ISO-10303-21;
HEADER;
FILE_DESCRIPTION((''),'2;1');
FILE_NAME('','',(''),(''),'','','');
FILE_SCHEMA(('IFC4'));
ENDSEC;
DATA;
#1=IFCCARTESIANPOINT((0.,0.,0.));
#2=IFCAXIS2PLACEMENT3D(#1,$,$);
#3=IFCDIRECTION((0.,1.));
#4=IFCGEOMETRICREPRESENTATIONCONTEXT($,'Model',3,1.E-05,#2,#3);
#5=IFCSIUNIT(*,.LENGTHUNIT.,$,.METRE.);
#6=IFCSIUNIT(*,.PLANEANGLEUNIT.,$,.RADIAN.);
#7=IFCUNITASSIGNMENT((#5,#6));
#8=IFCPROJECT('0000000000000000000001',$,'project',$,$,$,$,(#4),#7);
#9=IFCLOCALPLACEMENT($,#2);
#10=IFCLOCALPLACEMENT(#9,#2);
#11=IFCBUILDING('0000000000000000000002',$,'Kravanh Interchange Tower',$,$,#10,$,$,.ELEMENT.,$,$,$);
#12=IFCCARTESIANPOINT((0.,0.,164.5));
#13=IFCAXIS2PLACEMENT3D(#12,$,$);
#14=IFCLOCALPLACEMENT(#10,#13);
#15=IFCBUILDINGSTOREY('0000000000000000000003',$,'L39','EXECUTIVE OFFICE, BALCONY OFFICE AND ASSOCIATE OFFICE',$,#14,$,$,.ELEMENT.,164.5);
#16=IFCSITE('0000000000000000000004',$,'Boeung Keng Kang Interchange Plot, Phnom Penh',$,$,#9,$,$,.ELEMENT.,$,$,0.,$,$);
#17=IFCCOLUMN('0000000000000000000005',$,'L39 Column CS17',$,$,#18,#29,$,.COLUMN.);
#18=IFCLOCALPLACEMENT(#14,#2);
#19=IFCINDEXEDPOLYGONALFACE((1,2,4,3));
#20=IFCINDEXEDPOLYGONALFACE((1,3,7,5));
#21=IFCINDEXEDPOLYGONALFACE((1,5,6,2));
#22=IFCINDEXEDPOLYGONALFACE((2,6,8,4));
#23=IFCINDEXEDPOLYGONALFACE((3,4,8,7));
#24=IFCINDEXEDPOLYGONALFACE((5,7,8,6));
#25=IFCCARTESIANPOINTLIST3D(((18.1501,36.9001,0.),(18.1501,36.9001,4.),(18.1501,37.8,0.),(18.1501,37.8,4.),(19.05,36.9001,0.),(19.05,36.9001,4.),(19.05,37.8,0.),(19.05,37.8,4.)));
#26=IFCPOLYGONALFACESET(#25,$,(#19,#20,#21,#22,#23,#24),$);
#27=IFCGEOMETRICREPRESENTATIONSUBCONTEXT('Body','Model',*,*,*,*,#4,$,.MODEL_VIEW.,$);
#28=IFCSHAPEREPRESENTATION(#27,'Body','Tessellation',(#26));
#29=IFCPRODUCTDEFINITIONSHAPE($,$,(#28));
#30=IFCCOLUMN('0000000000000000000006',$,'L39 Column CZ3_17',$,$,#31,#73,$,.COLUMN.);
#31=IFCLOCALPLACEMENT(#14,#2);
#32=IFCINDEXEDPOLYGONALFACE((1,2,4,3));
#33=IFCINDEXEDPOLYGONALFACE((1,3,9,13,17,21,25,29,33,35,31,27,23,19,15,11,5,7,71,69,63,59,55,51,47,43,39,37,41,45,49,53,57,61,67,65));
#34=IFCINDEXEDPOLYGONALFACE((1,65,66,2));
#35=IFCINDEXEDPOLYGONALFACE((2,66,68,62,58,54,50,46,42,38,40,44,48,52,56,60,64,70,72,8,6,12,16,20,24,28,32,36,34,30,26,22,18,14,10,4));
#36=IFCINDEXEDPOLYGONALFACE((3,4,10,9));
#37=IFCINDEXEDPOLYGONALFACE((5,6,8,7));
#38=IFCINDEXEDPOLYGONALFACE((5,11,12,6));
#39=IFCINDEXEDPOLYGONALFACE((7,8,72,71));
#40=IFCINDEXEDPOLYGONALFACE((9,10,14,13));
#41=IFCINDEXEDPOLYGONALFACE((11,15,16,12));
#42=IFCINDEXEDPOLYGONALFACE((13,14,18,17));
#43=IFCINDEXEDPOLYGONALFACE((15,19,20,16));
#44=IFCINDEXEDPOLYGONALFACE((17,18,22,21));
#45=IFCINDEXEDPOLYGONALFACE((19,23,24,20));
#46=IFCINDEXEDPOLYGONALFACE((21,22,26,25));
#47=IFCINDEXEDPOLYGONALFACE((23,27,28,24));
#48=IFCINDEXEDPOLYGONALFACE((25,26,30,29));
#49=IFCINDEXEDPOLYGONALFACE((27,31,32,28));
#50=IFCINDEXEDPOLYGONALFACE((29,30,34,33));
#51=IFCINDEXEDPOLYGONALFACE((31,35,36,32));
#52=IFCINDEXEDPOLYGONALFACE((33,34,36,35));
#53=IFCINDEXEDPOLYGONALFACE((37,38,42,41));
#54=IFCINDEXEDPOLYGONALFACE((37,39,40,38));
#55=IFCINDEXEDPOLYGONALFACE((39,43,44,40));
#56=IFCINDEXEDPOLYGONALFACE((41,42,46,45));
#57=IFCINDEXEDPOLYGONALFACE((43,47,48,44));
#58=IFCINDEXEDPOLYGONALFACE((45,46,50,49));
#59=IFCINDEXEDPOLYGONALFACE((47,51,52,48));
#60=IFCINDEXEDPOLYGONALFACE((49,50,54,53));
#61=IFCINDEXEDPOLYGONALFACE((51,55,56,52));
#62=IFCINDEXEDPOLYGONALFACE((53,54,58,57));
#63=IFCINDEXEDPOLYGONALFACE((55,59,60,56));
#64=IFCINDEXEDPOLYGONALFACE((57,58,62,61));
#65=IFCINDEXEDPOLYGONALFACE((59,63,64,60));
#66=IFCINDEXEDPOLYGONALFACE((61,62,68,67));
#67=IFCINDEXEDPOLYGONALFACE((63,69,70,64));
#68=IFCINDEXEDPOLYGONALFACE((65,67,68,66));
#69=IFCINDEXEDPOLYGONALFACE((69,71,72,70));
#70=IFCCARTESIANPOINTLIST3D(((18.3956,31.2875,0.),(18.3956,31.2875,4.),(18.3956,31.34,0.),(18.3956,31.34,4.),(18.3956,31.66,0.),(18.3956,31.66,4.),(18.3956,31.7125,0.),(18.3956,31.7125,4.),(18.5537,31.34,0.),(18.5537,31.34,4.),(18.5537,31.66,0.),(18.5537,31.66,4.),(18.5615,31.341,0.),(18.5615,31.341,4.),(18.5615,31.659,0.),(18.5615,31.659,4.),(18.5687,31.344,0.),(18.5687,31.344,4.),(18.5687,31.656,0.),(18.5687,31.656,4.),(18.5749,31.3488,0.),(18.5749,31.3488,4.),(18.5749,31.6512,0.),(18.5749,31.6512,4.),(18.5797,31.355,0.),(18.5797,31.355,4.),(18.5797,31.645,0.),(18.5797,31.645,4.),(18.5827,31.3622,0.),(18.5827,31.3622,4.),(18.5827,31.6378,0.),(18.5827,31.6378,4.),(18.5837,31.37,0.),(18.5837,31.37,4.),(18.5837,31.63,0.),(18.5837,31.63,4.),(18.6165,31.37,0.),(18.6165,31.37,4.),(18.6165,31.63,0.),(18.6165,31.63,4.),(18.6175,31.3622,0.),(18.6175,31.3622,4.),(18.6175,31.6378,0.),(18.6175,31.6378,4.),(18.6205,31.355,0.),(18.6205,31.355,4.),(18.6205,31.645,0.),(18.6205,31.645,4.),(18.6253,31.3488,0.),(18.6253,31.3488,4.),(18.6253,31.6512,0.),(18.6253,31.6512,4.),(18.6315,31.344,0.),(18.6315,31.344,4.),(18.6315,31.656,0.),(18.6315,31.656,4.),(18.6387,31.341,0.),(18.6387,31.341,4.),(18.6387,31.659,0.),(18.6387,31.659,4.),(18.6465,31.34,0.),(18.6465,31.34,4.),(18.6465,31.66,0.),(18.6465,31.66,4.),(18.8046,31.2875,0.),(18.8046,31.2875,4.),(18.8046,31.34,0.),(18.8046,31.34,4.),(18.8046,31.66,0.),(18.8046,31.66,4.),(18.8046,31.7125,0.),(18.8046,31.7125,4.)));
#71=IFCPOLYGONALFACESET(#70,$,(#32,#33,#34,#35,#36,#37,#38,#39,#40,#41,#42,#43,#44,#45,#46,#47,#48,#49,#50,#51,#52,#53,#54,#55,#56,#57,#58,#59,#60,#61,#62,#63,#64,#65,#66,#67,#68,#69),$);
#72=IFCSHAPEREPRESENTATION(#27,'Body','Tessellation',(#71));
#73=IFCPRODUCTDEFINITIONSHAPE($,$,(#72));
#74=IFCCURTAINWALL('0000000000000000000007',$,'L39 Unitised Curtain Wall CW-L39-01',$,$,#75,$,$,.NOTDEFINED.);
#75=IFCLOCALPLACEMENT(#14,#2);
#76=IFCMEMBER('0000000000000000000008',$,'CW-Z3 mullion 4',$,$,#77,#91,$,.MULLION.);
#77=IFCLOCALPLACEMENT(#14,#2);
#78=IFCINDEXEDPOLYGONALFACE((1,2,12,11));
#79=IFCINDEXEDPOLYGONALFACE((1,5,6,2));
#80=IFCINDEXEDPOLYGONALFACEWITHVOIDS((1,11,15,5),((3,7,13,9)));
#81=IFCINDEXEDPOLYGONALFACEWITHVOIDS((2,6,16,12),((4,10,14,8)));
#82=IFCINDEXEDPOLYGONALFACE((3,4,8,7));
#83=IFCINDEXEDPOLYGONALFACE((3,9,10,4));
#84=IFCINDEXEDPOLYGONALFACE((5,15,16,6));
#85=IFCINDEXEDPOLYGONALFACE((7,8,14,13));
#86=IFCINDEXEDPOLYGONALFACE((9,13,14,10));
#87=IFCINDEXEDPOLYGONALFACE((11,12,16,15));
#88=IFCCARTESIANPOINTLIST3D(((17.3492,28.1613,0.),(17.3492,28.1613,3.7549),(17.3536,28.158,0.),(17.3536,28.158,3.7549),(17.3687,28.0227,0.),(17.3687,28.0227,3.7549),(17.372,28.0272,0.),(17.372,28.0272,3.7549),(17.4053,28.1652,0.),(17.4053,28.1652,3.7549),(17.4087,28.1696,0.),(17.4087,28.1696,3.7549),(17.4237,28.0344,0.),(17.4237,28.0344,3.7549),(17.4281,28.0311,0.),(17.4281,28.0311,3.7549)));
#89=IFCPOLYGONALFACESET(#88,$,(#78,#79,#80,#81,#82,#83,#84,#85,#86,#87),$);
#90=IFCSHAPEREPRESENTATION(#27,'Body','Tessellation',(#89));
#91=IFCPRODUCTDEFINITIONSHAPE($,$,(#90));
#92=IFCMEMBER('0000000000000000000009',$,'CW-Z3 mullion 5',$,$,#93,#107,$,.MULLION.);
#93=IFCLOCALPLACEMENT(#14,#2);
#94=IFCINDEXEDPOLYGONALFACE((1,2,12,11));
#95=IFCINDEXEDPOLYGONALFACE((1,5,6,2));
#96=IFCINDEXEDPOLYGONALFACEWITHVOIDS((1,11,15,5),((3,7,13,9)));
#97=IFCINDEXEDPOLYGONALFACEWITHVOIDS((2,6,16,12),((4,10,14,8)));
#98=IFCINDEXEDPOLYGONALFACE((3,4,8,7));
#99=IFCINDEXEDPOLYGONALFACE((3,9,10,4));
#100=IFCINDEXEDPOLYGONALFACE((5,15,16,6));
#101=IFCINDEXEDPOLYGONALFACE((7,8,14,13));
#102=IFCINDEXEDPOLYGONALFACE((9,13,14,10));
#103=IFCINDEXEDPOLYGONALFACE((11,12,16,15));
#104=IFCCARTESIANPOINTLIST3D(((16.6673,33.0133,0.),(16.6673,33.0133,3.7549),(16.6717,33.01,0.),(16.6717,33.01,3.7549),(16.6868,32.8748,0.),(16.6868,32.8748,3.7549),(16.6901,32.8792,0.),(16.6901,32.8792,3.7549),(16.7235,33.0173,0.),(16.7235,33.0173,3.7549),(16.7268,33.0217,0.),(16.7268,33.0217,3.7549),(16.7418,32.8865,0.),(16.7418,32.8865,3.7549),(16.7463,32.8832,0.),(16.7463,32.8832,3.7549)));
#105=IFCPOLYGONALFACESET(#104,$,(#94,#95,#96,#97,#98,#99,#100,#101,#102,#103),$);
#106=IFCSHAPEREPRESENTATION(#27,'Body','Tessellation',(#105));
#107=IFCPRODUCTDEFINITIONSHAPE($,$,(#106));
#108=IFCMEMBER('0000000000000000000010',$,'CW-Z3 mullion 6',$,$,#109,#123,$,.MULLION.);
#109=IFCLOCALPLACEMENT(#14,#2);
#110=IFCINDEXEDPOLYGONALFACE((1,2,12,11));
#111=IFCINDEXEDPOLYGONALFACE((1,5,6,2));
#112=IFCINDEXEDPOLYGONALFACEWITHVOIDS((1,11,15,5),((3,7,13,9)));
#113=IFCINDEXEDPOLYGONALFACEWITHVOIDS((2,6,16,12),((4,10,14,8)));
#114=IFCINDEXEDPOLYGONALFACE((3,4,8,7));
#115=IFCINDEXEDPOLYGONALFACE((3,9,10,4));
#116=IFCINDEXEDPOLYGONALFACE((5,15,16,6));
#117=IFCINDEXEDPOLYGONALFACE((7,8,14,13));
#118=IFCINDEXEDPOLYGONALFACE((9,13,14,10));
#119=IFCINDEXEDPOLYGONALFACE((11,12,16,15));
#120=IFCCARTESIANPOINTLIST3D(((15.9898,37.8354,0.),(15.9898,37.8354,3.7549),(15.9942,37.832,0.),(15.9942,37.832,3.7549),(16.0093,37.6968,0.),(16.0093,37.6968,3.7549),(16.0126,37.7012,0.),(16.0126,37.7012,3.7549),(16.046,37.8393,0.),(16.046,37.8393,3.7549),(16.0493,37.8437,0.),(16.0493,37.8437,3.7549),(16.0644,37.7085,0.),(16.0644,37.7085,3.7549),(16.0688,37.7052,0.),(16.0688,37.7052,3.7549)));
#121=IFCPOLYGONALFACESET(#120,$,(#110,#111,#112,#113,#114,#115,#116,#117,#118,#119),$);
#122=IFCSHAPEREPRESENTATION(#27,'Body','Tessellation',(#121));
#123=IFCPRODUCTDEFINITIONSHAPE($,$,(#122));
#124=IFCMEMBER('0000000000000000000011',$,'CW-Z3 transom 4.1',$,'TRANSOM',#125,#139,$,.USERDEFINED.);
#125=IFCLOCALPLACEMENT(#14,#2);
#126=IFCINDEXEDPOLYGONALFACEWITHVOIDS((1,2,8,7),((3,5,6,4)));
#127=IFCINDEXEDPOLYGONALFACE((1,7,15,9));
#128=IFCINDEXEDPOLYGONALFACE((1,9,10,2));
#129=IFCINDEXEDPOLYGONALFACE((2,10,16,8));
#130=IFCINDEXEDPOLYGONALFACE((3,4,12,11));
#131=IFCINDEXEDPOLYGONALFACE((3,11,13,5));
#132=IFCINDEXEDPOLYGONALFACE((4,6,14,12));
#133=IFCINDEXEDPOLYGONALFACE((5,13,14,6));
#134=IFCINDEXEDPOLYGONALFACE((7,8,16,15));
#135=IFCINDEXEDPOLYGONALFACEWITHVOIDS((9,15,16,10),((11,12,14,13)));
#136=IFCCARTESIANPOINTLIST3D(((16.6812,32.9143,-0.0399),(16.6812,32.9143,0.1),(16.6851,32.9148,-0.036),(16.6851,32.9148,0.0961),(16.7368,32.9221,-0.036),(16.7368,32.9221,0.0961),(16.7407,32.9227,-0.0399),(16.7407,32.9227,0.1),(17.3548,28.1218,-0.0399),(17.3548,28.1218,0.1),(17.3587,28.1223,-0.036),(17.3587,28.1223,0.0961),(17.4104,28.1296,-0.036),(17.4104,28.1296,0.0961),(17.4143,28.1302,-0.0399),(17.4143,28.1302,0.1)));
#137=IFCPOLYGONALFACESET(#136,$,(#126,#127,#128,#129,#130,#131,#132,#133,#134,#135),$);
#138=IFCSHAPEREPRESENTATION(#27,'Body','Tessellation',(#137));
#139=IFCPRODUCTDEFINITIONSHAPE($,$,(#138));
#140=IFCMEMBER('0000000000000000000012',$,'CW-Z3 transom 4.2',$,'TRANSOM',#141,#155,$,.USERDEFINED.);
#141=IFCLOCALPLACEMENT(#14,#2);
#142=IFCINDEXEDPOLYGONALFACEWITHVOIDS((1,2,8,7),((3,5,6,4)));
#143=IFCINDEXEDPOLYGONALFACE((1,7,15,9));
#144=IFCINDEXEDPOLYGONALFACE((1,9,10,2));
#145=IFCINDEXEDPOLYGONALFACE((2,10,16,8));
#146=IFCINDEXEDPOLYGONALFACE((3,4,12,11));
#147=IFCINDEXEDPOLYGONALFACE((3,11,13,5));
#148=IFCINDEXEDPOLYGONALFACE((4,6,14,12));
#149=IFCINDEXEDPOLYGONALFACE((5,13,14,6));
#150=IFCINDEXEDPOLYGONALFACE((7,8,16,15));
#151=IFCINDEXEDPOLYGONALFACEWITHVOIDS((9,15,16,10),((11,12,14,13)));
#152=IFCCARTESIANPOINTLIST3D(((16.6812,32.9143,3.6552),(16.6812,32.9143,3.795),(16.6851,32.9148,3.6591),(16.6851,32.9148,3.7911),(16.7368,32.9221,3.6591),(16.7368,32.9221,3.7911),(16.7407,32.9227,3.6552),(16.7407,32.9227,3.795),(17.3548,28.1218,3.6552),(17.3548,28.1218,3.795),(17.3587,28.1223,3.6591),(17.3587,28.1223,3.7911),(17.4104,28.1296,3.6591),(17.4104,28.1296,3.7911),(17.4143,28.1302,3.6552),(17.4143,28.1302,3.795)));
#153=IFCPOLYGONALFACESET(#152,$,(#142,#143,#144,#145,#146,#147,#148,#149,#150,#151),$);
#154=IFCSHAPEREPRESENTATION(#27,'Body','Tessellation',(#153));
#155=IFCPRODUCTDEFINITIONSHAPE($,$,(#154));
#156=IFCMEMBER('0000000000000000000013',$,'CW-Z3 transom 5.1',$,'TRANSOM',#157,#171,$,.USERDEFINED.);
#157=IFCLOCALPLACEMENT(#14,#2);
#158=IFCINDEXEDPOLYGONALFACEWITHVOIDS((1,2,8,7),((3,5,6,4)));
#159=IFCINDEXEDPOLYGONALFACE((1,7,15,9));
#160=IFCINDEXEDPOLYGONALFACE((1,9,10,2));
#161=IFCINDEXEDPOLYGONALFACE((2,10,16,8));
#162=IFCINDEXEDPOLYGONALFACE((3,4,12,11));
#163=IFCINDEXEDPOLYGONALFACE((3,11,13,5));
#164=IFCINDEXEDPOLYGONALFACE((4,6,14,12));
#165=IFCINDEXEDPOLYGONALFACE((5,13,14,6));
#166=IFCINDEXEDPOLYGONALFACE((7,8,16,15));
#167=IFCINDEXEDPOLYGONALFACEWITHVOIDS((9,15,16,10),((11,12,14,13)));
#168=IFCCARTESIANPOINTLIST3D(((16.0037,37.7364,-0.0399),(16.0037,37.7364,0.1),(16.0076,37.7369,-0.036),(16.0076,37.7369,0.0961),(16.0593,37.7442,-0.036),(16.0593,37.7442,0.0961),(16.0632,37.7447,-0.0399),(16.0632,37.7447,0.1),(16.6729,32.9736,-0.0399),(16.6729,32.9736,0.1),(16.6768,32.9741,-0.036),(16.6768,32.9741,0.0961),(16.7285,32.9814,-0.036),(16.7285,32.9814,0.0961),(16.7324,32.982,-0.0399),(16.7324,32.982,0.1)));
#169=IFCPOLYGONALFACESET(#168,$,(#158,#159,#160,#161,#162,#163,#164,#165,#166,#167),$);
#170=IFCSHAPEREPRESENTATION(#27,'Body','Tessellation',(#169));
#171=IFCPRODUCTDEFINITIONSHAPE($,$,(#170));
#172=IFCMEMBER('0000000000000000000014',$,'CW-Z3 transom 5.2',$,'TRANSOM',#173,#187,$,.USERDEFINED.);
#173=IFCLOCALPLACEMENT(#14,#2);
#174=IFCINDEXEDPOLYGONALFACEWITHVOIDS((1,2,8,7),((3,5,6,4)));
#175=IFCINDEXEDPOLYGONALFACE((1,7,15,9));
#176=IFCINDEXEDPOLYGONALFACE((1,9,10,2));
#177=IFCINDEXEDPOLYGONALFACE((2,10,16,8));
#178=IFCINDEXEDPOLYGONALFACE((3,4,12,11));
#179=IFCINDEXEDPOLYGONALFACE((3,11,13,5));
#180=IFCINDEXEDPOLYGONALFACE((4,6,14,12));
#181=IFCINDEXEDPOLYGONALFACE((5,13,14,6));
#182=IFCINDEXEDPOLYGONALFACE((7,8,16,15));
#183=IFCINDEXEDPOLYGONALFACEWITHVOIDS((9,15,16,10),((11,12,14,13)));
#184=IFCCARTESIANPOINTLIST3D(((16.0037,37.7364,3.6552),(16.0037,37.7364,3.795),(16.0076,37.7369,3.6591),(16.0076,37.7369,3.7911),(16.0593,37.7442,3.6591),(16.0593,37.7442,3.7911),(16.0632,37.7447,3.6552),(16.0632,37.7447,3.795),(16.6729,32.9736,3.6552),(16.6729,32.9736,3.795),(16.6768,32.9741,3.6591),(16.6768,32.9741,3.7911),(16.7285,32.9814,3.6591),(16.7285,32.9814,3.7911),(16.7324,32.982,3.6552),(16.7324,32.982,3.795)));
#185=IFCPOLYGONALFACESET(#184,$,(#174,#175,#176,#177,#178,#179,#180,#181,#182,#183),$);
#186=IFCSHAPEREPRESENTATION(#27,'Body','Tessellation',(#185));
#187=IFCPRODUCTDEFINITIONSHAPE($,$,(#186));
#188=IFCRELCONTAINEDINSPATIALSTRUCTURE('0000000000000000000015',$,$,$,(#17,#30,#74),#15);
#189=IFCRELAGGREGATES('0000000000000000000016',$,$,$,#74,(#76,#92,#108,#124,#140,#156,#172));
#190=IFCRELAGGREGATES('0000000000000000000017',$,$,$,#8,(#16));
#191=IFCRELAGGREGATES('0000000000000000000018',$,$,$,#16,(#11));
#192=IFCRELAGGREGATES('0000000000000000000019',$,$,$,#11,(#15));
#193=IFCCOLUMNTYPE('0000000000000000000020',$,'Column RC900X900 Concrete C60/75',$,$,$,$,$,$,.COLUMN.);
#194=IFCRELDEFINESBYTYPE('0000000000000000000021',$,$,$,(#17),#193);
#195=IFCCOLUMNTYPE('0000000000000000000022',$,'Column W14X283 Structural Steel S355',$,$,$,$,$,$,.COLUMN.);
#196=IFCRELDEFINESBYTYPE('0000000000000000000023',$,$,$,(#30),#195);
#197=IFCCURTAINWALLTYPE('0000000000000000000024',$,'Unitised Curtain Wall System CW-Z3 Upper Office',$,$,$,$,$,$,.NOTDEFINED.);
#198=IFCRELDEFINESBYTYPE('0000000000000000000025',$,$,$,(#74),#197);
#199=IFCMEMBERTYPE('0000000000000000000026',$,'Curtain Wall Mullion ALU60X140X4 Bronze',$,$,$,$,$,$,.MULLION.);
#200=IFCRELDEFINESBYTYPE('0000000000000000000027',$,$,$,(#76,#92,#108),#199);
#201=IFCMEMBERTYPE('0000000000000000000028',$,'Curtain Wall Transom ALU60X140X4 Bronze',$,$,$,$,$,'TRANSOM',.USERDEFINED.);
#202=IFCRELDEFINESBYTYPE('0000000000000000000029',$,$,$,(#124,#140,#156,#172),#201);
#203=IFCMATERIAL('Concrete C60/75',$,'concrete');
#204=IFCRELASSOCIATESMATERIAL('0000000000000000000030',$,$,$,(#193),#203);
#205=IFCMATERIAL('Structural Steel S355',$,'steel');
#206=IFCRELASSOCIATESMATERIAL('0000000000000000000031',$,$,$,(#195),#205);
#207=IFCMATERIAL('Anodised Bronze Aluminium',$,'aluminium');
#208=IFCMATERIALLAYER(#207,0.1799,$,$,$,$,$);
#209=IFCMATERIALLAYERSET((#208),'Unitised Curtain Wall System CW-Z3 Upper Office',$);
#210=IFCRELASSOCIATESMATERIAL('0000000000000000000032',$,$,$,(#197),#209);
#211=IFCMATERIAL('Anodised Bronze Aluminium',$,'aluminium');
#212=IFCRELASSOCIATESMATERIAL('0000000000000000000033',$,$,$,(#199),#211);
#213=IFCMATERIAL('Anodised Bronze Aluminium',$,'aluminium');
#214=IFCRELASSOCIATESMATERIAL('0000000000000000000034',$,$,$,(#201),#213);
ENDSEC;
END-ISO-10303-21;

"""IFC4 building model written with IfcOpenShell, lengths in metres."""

from ifc_helpers import new_model, si_unit, direction, frame, origin, origin_2d, place, context, subcontext, project, spatial, rectangle, hollow_rectangle, i_section, extrude, material, layer, layer_set, material_profile, profile_set, type_object, element, aggregate, save


model = new_model("IFC4")

# Units and contexts
model_context = context("Model", 3, precision=1e-05, world=origin(), true_north=direction((0.0, 1.0)))
body_context = subcontext(model_context, "Body", "Model", "MODEL_VIEW")
ifc_project = project(units=[si_unit("LENGTHUNIT", "METRE"), si_unit("PLANEANGLEUNIT", "RADIAN")], contexts=[model_context])

# Site, building, storey
site_placement = place(None, origin())
site = spatial("IfcSite", under=ifc_project, at=site_placement, Name="Boeung Keng Kang Interchange Plot, Phnom Penh", CompositionType="ELEMENT", RefElevation=0.0)
building_placement = place(site_placement, origin())
building = spatial("IfcBuilding", under=site, at=building_placement, Name="Kravanh Interchange Tower", CompositionType="ELEMENT")
storey_placement = place(building_placement, frame((0.0, 0.0, 164.5)))
storey = spatial("IfcBuildingStorey", under=building, at=storey_placement, Name="L39", Description="EXECUTIVE OFFICE, BALCONY OFFICE AND ASSOCIATE OFFICE", CompositionType="ELEMENT", Elevation=164.5)

# Columns
ifc_material_1 = material(Name="Concrete C60/75", Category="concrete")
ifc_material_profile_1 = material_profile(ifc_material_1, rectangle(XDim=0.8999, YDim=0.8999, at=origin_2d()), Name="RC900X900")
ifc_profile_set_1 = profile_set([ifc_material_profile_1], Name="Concrete C60/75")
column_type_1 = type_object("IfcColumnType", Name="Column RC900X900 Concrete C60/75", PredefinedType="COLUMN", material=ifc_profile_set_1)
column_1_placement = place(storey_placement, frame((18.6001, 37.3501, 0.0), z_axis=(0.0, 0.0, 1.0), x_axis=(1.0, 0.0, 0.0)))
element("IfcColumn", 1, at=column_1_placement, inside=storey, type_object=column_type_1, Name="L39 Column CS17", PredefinedType="COLUMN", context=body_context, shape_type="SweptSolid", body=[
    extrude(rectangle(XDim=0.8999, YDim=0.8999, at=origin_2d()), origin(), (0.0, 0.0, 1.0), 4.0),
])
ifc_material_2 = material(Name="Structural Steel S355", Category="steel")
ifc_material_profile_2 = material_profile(ifc_material_2, i_section(OverallWidth=0.4089, OverallDepth=0.425, WebThickness=0.0327, FlangeThickness=0.0525, FilletRadius=0.03, at=origin_2d()), Name="W14X283")
ifc_profile_set_2 = profile_set([ifc_material_profile_2], Name="Structural Steel S355")
column_type_2 = type_object("IfcColumnType", Name="Column W14X283 Structural Steel S355", PredefinedType="COLUMN", material=ifc_profile_set_2)
column_2_placement = place(storey_placement, frame((18.6001, 31.5, 0.0), z_axis=(0.0, 0.0, 1.0), x_axis=(1.0, 0.0, 0.0)))
element("IfcColumn", 2, at=column_2_placement, inside=storey, type_object=column_type_2, Name="L39 Column CZ3_17", PredefinedType="COLUMN", context=body_context, shape_type="SweptSolid", body=[
    extrude(i_section(OverallWidth=0.4089, OverallDepth=0.425, WebThickness=0.0327, FlangeThickness=0.0525, FilletRadius=0.03, at=origin_2d()), origin(), (0.0, 0.0, 1.0), 4.0),
])

# Curtain wall, members
ifc_material_3 = material(Name="Anodised Bronze Aluminium", Category="aluminium")
ifc_layer_1 = layer(ifc_material_3, 0.1799)
ifc_layer_set_1 = layer_set([ifc_layer_1], Name="Unitised Curtain Wall System CW-Z3 Upper Office")
curtain_wall_type = type_object("IfcCurtainWallType", Name="Unitised Curtain Wall System CW-Z3 Upper Office", PredefinedType="NOTDEFINED", material=ifc_layer_set_1)
curtain_wall_placement = place(storey_placement, origin())
curtain_wall = element("IfcCurtainWall", 3, at=curtain_wall_placement, inside=storey, type_object=curtain_wall_type, Name="L39 Unitised Curtain Wall CW-L39-01", PredefinedType="NOTDEFINED")
ifc_material_4 = material(Name="Anodised Bronze Aluminium", Category="aluminium")
ifc_material_profile_3 = material_profile(ifc_material_4, hollow_rectangle(XDim=0.0601, YDim=0.1399, WallThickness=0.0039, at=origin_2d()), Name="ALU60X140X4")
ifc_profile_set_3 = profile_set([ifc_material_profile_3], Name="Anodised Bronze Aluminium")
member_type_1 = type_object("IfcMemberType", Name="Curtain Wall Mullion ALU60X140X4 Bronze", PredefinedType="MULLION", material=ifc_profile_set_3)
member_1_placement = place(storey_placement, frame((17.3887, 28.0962, 0.0), z_axis=(0.0, 0.0, 1.0), x_axis=(-0.990268, -0.139172, 0.0)))
member_1 = element("IfcMember", 4, at=member_1_placement, type_object=member_type_1, Name="CW-Z3 mullion 4", PredefinedType="MULLION", context=body_context, shape_type="SweptSolid", body=[
    extrude(hollow_rectangle(XDim=0.0601, YDim=0.1399, WallThickness=0.0039, at=origin_2d()), origin(), (0.0, 0.0, 1.0), 3.7549),
])
member_2_placement = place(storey_placement, frame((16.7068, 32.9482, 0.0), z_axis=(0.0, 0.0, 1.0), x_axis=(-0.990268, -0.139172, 0.0)))
member_2 = element("IfcMember", 5, at=member_2_placement, type_object=member_type_1, Name="CW-Z3 mullion 5", PredefinedType="MULLION", context=body_context, shape_type="SweptSolid", body=[
    extrude(hollow_rectangle(XDim=0.0601, YDim=0.1399, WallThickness=0.0039, at=origin_2d()), origin(), (0.0, 0.0, 1.0), 3.7549),
])
member_3_placement = place(storey_placement, frame((16.0293, 37.7703, 0.0), z_axis=(0.0, 0.0, 1.0), x_axis=(-0.990268, -0.139172, 0.0)))
member_3 = element("IfcMember", 6, at=member_3_placement, type_object=member_type_1, Name="CW-Z3 mullion 6", PredefinedType="MULLION", context=body_context, shape_type="SweptSolid", body=[
    extrude(hollow_rectangle(XDim=0.0601, YDim=0.1399, WallThickness=0.0039, at=origin_2d()), origin(), (0.0, 0.0, 1.0), 3.7549),
])
ifc_material_5 = material(Name="Anodised Bronze Aluminium", Category="aluminium")
ifc_material_profile_4 = material_profile(ifc_material_5, hollow_rectangle(XDim=0.0601, YDim=0.1399, WallThickness=0.0039, at=origin_2d()), Name="ALU60X140X4")
ifc_profile_set_4 = profile_set([ifc_material_profile_4], Name="Anodised Bronze Aluminium")
member_type_2 = type_object("IfcMemberType", Name="Curtain Wall Transom ALU60X140X4 Bronze", ElementType="TRANSOM", PredefinedType="USERDEFINED", material=ifc_profile_set_4)
member_4_placement = place(storey_placement, frame((17.3845, 28.126, 0.03), z_axis=(-0.139182, 0.990267, 0.0), x_axis=(-0.990267, -0.139182, 0.0)))
member_4 = element("IfcMember", 7, at=member_4_placement, type_object=member_type_2, Name="CW-Z3 transom 4.1", ObjectType="TRANSOM", PredefinedType="USERDEFINED", context=body_context, shape_type="SweptSolid", body=[
    extrude(hollow_rectangle(XDim=0.0601, YDim=0.1399, WallThickness=0.0039, at=origin_2d()), origin(), (0.0, 0.0, 1.0), 4.8396),
])
member_5_placement = place(storey_placement, frame((17.3845, 28.126, 3.7251), z_axis=(-0.139182, 0.990267, 0.0), x_axis=(-0.990267, -0.139182, 0.0)))
member_5 = element("IfcMember", 8, at=member_5_placement, type_object=member_type_2, Name="CW-Z3 transom 4.2", ObjectType="TRANSOM", PredefinedType="USERDEFINED", context=body_context, shape_type="SweptSolid", body=[
    extrude(hollow_rectangle(XDim=0.0601, YDim=0.1399, WallThickness=0.0039, at=origin_2d()), origin(), (0.0, 0.0, 1.0), 4.8396),
])
member_6_placement = place(storey_placement, frame((16.7026, 32.9778, 0.03), z_axis=(-0.13914, 0.990273, 0.0), x_axis=(-0.990273, -0.13914, 0.0)))
member_6 = element("IfcMember", 9, at=member_6_placement, type_object=member_type_2, Name="CW-Z3 transom 5.1", ObjectType="TRANSOM", PredefinedType="USERDEFINED", context=body_context, shape_type="SweptSolid", body=[
    extrude(hollow_rectangle(XDim=0.0601, YDim=0.1399, WallThickness=0.0039, at=origin_2d()), origin(), (0.0, 0.0, 1.0), 4.8096),
])
member_7_placement = place(storey_placement, frame((16.7026, 32.9778, 3.7251), z_axis=(-0.13914, 0.990273, 0.0), x_axis=(-0.990273, -0.13914, 0.0)))
member_7 = element("IfcMember", 10, at=member_7_placement, type_object=member_type_2, Name="CW-Z3 transom 5.2", ObjectType="TRANSOM", PredefinedType="USERDEFINED", context=body_context, shape_type="SweptSolid", body=[
    extrude(hollow_rectangle(XDim=0.0601, YDim=0.1399, WallThickness=0.0039, at=origin_2d()), origin(), (0.0, 0.0, 1.0), 4.8096),
])

aggregate(curtain_wall, [member_1, member_2, member_3, member_4, member_5, member_6, member_7])

save(model, "model.ifc")
